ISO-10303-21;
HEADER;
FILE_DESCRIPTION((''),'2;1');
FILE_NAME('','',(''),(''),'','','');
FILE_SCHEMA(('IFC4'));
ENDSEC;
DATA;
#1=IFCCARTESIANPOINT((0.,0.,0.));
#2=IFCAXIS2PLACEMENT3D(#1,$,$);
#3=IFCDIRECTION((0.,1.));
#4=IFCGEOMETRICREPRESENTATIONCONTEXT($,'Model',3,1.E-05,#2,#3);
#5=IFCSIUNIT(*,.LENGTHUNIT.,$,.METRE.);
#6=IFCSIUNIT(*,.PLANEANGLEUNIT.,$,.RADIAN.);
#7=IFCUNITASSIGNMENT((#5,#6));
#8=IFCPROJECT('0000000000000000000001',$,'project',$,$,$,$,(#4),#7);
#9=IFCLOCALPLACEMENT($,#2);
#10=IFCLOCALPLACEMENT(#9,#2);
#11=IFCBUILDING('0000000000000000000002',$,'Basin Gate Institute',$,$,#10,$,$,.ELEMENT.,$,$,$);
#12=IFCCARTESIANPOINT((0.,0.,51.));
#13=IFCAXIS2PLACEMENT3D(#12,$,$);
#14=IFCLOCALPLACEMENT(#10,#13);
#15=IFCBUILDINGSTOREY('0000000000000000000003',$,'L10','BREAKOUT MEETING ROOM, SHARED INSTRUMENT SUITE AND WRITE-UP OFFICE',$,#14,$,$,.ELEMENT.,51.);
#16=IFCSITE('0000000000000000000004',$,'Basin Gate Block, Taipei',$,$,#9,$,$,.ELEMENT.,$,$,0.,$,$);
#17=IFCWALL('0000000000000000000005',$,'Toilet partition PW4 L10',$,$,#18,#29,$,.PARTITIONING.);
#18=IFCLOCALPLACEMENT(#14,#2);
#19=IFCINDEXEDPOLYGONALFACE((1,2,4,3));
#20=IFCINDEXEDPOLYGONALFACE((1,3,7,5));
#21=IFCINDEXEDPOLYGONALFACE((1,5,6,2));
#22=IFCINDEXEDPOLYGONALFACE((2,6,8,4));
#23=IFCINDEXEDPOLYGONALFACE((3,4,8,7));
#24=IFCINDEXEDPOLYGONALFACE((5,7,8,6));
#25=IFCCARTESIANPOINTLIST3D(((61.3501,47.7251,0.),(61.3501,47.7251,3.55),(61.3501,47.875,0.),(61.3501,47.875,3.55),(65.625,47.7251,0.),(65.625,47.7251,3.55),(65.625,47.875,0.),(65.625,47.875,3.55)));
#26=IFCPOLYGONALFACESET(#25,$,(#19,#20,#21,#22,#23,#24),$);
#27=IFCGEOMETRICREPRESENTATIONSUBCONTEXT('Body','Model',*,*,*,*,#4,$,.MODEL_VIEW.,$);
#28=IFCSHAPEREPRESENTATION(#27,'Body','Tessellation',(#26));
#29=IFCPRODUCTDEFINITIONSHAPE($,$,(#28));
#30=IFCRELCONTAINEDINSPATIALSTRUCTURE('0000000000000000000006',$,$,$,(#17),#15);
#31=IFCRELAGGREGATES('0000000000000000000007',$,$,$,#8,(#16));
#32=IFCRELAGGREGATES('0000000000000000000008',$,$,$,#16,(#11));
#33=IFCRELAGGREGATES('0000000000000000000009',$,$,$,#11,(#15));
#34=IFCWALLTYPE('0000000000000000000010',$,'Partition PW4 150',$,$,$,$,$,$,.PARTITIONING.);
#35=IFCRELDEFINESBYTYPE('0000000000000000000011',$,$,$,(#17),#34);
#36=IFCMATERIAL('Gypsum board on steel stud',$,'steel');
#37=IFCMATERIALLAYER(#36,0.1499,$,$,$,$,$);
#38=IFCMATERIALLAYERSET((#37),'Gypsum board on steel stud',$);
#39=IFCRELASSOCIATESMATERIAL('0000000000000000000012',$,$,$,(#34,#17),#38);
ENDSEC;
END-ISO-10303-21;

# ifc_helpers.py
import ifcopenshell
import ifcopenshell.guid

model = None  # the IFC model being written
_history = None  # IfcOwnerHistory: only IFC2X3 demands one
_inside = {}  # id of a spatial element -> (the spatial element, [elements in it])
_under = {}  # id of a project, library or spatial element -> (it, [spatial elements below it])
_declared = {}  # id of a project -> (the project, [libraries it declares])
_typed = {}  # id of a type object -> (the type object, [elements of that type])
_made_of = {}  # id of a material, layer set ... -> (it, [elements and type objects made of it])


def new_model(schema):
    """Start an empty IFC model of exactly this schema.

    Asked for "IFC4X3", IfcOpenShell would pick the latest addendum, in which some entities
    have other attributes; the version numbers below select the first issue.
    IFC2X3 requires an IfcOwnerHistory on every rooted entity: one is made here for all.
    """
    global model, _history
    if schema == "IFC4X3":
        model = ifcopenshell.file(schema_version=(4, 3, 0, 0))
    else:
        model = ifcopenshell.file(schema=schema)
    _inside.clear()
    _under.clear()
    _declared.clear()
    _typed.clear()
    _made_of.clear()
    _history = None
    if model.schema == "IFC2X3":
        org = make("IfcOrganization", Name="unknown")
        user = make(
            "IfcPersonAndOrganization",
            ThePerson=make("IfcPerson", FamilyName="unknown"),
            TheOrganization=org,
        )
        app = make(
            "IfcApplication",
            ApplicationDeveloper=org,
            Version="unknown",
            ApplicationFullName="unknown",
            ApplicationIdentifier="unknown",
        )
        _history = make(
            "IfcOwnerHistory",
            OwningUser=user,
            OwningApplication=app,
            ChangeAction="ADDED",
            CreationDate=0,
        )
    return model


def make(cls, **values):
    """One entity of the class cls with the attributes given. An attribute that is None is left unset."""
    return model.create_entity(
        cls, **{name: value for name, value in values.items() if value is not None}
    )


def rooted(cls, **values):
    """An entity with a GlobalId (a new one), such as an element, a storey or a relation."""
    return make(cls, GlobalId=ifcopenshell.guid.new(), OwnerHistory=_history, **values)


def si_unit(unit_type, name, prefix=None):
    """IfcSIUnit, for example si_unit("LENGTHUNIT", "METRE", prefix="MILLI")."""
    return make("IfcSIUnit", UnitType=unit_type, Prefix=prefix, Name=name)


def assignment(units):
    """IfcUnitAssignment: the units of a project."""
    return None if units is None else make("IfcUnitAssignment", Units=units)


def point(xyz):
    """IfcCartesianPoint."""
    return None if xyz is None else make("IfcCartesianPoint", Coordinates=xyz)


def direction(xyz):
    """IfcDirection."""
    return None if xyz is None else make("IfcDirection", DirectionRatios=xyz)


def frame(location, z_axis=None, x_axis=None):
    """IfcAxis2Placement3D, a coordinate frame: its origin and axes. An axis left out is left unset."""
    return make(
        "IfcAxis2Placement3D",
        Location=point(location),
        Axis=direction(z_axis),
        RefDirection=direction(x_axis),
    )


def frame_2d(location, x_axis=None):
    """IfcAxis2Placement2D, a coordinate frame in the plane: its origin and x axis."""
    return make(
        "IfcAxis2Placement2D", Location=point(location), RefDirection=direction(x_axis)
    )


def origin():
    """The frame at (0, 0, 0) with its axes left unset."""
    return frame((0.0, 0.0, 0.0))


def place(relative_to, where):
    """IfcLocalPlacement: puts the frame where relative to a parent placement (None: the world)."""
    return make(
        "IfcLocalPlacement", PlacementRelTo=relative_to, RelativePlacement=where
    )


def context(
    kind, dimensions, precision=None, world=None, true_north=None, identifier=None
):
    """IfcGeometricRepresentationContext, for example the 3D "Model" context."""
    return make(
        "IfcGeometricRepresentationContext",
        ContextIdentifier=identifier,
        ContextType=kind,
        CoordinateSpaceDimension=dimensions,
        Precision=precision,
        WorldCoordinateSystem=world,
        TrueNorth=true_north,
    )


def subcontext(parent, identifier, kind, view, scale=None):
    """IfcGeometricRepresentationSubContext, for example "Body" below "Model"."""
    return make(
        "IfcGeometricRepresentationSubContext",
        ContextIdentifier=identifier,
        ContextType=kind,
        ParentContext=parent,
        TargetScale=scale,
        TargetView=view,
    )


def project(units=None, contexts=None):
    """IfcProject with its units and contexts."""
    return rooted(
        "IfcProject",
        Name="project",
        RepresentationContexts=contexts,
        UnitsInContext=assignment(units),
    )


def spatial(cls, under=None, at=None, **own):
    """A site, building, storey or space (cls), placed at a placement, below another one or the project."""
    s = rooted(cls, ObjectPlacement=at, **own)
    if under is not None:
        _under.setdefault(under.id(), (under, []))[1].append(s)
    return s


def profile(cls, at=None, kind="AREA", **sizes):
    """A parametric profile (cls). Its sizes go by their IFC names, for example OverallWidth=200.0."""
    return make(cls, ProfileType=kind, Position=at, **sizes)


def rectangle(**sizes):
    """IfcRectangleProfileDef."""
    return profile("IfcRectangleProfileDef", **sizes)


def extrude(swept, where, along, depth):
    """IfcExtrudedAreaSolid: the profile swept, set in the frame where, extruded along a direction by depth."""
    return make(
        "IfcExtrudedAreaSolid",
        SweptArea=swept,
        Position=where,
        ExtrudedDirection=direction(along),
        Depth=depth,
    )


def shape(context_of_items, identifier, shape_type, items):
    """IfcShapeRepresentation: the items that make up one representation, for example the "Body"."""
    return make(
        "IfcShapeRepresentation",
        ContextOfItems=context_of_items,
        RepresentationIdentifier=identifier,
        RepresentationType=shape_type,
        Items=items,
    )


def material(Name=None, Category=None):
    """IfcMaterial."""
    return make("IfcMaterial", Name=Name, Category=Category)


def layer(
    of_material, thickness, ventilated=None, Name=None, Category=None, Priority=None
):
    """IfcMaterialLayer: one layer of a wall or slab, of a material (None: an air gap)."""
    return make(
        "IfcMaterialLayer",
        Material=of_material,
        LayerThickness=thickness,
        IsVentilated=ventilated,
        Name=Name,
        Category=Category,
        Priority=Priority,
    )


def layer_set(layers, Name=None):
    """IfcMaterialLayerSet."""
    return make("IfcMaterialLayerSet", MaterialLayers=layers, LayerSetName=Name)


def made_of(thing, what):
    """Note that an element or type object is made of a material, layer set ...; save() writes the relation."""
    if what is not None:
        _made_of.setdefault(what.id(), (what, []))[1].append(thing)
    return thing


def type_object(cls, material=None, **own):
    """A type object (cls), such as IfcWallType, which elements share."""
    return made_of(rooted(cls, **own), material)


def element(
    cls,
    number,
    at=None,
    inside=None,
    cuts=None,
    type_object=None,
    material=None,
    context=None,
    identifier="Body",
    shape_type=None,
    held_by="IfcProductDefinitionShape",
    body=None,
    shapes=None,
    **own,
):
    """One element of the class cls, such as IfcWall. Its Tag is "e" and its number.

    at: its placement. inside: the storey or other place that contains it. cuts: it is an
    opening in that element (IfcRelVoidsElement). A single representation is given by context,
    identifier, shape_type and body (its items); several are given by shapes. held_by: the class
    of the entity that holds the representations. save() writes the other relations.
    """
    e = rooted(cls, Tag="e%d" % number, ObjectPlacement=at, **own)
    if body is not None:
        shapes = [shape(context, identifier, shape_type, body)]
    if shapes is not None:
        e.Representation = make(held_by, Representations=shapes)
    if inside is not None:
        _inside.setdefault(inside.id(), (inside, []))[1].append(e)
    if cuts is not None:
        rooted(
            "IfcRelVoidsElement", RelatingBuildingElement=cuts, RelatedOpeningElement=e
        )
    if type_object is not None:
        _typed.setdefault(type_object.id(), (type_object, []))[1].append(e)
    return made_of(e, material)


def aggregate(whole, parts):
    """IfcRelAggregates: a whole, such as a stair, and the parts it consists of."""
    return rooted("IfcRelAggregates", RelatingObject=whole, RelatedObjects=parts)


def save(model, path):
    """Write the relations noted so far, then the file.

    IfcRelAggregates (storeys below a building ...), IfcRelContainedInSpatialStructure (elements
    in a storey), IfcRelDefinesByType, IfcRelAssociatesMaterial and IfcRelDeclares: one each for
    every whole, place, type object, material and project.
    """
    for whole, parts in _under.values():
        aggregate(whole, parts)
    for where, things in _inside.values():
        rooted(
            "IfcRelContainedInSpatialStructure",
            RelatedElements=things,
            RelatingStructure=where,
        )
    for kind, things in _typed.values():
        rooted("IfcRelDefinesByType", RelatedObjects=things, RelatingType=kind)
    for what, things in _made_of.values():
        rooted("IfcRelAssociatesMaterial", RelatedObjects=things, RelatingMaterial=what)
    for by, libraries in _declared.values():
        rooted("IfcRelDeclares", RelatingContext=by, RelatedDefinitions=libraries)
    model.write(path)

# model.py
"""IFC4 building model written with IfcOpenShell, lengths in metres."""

from ifc_helpers import new_model, si_unit, direction, frame, frame_2d, origin, place, context, subcontext, project, spatial, rectangle, extrude, material, layer, layer_set, type_object, element, save


model = new_model("IFC4")

# Units and contexts
model_context = context("Model", 3, precision=1e-05, world=origin(), true_north=direction((0.0, 1.0)))
body_context = subcontext(model_context, "Body", "Model", "MODEL_VIEW")
ifc_project = project(units=[si_unit("LENGTHUNIT", "METRE"), si_unit("PLANEANGLEUNIT", "RADIAN")], contexts=[model_context])

# Site, building, storey
site_placement = place(None, origin())
site = spatial("IfcSite", under=ifc_project, at=site_placement, Name="Basin Gate Block, Taipei", CompositionType="ELEMENT", RefElevation=0.0)
building_placement = place(site_placement, origin())
building = spatial("IfcBuilding", under=site, at=building_placement, Name="Basin Gate Institute", CompositionType="ELEMENT")
storey_placement = place(building_placement, frame((0.0, 0.0, 51.0)))
storey = spatial("IfcBuildingStorey", under=building, at=storey_placement, Name="L10", Description="BREAKOUT MEETING ROOM, SHARED INSTRUMENT SUITE AND WRITE-UP OFFICE", CompositionType="ELEMENT", Elevation=51.0)

# Wall
ifc_material_1 = material(Name="Gypsum board on steel stud", Category="steel")
ifc_layer_1 = layer(ifc_material_1, 0.1499)
ifc_layer_set_1 = layer_set([ifc_layer_1], Name="Gypsum board on steel stud")
wall_type_1 = type_object("IfcWallType", Name="Partition PW4 150", PredefinedType="PARTITIONING", material=ifc_layer_set_1)
wall_1_placement = place(storey_placement, frame((61.3501, 47.8, 0.0), z_axis=(0.0, 0.0, 1.0), x_axis=(1.0, 0.0, 0.0)))
element("IfcWall", 1, at=wall_1_placement, inside=storey, type_object=wall_type_1, material=ifc_layer_set_1, Name="Toilet partition PW4 L10", PredefinedType="PARTITIONING", context=body_context, shape_type="SweptSolid", body=[
    extrude(rectangle(XDim=4.2749, YDim=0.1499, at=frame_2d((2.1375, 0.0))), origin(), (0.0, 0.0, 1.0), 3.55),
])

save(model, "model.ifc")
